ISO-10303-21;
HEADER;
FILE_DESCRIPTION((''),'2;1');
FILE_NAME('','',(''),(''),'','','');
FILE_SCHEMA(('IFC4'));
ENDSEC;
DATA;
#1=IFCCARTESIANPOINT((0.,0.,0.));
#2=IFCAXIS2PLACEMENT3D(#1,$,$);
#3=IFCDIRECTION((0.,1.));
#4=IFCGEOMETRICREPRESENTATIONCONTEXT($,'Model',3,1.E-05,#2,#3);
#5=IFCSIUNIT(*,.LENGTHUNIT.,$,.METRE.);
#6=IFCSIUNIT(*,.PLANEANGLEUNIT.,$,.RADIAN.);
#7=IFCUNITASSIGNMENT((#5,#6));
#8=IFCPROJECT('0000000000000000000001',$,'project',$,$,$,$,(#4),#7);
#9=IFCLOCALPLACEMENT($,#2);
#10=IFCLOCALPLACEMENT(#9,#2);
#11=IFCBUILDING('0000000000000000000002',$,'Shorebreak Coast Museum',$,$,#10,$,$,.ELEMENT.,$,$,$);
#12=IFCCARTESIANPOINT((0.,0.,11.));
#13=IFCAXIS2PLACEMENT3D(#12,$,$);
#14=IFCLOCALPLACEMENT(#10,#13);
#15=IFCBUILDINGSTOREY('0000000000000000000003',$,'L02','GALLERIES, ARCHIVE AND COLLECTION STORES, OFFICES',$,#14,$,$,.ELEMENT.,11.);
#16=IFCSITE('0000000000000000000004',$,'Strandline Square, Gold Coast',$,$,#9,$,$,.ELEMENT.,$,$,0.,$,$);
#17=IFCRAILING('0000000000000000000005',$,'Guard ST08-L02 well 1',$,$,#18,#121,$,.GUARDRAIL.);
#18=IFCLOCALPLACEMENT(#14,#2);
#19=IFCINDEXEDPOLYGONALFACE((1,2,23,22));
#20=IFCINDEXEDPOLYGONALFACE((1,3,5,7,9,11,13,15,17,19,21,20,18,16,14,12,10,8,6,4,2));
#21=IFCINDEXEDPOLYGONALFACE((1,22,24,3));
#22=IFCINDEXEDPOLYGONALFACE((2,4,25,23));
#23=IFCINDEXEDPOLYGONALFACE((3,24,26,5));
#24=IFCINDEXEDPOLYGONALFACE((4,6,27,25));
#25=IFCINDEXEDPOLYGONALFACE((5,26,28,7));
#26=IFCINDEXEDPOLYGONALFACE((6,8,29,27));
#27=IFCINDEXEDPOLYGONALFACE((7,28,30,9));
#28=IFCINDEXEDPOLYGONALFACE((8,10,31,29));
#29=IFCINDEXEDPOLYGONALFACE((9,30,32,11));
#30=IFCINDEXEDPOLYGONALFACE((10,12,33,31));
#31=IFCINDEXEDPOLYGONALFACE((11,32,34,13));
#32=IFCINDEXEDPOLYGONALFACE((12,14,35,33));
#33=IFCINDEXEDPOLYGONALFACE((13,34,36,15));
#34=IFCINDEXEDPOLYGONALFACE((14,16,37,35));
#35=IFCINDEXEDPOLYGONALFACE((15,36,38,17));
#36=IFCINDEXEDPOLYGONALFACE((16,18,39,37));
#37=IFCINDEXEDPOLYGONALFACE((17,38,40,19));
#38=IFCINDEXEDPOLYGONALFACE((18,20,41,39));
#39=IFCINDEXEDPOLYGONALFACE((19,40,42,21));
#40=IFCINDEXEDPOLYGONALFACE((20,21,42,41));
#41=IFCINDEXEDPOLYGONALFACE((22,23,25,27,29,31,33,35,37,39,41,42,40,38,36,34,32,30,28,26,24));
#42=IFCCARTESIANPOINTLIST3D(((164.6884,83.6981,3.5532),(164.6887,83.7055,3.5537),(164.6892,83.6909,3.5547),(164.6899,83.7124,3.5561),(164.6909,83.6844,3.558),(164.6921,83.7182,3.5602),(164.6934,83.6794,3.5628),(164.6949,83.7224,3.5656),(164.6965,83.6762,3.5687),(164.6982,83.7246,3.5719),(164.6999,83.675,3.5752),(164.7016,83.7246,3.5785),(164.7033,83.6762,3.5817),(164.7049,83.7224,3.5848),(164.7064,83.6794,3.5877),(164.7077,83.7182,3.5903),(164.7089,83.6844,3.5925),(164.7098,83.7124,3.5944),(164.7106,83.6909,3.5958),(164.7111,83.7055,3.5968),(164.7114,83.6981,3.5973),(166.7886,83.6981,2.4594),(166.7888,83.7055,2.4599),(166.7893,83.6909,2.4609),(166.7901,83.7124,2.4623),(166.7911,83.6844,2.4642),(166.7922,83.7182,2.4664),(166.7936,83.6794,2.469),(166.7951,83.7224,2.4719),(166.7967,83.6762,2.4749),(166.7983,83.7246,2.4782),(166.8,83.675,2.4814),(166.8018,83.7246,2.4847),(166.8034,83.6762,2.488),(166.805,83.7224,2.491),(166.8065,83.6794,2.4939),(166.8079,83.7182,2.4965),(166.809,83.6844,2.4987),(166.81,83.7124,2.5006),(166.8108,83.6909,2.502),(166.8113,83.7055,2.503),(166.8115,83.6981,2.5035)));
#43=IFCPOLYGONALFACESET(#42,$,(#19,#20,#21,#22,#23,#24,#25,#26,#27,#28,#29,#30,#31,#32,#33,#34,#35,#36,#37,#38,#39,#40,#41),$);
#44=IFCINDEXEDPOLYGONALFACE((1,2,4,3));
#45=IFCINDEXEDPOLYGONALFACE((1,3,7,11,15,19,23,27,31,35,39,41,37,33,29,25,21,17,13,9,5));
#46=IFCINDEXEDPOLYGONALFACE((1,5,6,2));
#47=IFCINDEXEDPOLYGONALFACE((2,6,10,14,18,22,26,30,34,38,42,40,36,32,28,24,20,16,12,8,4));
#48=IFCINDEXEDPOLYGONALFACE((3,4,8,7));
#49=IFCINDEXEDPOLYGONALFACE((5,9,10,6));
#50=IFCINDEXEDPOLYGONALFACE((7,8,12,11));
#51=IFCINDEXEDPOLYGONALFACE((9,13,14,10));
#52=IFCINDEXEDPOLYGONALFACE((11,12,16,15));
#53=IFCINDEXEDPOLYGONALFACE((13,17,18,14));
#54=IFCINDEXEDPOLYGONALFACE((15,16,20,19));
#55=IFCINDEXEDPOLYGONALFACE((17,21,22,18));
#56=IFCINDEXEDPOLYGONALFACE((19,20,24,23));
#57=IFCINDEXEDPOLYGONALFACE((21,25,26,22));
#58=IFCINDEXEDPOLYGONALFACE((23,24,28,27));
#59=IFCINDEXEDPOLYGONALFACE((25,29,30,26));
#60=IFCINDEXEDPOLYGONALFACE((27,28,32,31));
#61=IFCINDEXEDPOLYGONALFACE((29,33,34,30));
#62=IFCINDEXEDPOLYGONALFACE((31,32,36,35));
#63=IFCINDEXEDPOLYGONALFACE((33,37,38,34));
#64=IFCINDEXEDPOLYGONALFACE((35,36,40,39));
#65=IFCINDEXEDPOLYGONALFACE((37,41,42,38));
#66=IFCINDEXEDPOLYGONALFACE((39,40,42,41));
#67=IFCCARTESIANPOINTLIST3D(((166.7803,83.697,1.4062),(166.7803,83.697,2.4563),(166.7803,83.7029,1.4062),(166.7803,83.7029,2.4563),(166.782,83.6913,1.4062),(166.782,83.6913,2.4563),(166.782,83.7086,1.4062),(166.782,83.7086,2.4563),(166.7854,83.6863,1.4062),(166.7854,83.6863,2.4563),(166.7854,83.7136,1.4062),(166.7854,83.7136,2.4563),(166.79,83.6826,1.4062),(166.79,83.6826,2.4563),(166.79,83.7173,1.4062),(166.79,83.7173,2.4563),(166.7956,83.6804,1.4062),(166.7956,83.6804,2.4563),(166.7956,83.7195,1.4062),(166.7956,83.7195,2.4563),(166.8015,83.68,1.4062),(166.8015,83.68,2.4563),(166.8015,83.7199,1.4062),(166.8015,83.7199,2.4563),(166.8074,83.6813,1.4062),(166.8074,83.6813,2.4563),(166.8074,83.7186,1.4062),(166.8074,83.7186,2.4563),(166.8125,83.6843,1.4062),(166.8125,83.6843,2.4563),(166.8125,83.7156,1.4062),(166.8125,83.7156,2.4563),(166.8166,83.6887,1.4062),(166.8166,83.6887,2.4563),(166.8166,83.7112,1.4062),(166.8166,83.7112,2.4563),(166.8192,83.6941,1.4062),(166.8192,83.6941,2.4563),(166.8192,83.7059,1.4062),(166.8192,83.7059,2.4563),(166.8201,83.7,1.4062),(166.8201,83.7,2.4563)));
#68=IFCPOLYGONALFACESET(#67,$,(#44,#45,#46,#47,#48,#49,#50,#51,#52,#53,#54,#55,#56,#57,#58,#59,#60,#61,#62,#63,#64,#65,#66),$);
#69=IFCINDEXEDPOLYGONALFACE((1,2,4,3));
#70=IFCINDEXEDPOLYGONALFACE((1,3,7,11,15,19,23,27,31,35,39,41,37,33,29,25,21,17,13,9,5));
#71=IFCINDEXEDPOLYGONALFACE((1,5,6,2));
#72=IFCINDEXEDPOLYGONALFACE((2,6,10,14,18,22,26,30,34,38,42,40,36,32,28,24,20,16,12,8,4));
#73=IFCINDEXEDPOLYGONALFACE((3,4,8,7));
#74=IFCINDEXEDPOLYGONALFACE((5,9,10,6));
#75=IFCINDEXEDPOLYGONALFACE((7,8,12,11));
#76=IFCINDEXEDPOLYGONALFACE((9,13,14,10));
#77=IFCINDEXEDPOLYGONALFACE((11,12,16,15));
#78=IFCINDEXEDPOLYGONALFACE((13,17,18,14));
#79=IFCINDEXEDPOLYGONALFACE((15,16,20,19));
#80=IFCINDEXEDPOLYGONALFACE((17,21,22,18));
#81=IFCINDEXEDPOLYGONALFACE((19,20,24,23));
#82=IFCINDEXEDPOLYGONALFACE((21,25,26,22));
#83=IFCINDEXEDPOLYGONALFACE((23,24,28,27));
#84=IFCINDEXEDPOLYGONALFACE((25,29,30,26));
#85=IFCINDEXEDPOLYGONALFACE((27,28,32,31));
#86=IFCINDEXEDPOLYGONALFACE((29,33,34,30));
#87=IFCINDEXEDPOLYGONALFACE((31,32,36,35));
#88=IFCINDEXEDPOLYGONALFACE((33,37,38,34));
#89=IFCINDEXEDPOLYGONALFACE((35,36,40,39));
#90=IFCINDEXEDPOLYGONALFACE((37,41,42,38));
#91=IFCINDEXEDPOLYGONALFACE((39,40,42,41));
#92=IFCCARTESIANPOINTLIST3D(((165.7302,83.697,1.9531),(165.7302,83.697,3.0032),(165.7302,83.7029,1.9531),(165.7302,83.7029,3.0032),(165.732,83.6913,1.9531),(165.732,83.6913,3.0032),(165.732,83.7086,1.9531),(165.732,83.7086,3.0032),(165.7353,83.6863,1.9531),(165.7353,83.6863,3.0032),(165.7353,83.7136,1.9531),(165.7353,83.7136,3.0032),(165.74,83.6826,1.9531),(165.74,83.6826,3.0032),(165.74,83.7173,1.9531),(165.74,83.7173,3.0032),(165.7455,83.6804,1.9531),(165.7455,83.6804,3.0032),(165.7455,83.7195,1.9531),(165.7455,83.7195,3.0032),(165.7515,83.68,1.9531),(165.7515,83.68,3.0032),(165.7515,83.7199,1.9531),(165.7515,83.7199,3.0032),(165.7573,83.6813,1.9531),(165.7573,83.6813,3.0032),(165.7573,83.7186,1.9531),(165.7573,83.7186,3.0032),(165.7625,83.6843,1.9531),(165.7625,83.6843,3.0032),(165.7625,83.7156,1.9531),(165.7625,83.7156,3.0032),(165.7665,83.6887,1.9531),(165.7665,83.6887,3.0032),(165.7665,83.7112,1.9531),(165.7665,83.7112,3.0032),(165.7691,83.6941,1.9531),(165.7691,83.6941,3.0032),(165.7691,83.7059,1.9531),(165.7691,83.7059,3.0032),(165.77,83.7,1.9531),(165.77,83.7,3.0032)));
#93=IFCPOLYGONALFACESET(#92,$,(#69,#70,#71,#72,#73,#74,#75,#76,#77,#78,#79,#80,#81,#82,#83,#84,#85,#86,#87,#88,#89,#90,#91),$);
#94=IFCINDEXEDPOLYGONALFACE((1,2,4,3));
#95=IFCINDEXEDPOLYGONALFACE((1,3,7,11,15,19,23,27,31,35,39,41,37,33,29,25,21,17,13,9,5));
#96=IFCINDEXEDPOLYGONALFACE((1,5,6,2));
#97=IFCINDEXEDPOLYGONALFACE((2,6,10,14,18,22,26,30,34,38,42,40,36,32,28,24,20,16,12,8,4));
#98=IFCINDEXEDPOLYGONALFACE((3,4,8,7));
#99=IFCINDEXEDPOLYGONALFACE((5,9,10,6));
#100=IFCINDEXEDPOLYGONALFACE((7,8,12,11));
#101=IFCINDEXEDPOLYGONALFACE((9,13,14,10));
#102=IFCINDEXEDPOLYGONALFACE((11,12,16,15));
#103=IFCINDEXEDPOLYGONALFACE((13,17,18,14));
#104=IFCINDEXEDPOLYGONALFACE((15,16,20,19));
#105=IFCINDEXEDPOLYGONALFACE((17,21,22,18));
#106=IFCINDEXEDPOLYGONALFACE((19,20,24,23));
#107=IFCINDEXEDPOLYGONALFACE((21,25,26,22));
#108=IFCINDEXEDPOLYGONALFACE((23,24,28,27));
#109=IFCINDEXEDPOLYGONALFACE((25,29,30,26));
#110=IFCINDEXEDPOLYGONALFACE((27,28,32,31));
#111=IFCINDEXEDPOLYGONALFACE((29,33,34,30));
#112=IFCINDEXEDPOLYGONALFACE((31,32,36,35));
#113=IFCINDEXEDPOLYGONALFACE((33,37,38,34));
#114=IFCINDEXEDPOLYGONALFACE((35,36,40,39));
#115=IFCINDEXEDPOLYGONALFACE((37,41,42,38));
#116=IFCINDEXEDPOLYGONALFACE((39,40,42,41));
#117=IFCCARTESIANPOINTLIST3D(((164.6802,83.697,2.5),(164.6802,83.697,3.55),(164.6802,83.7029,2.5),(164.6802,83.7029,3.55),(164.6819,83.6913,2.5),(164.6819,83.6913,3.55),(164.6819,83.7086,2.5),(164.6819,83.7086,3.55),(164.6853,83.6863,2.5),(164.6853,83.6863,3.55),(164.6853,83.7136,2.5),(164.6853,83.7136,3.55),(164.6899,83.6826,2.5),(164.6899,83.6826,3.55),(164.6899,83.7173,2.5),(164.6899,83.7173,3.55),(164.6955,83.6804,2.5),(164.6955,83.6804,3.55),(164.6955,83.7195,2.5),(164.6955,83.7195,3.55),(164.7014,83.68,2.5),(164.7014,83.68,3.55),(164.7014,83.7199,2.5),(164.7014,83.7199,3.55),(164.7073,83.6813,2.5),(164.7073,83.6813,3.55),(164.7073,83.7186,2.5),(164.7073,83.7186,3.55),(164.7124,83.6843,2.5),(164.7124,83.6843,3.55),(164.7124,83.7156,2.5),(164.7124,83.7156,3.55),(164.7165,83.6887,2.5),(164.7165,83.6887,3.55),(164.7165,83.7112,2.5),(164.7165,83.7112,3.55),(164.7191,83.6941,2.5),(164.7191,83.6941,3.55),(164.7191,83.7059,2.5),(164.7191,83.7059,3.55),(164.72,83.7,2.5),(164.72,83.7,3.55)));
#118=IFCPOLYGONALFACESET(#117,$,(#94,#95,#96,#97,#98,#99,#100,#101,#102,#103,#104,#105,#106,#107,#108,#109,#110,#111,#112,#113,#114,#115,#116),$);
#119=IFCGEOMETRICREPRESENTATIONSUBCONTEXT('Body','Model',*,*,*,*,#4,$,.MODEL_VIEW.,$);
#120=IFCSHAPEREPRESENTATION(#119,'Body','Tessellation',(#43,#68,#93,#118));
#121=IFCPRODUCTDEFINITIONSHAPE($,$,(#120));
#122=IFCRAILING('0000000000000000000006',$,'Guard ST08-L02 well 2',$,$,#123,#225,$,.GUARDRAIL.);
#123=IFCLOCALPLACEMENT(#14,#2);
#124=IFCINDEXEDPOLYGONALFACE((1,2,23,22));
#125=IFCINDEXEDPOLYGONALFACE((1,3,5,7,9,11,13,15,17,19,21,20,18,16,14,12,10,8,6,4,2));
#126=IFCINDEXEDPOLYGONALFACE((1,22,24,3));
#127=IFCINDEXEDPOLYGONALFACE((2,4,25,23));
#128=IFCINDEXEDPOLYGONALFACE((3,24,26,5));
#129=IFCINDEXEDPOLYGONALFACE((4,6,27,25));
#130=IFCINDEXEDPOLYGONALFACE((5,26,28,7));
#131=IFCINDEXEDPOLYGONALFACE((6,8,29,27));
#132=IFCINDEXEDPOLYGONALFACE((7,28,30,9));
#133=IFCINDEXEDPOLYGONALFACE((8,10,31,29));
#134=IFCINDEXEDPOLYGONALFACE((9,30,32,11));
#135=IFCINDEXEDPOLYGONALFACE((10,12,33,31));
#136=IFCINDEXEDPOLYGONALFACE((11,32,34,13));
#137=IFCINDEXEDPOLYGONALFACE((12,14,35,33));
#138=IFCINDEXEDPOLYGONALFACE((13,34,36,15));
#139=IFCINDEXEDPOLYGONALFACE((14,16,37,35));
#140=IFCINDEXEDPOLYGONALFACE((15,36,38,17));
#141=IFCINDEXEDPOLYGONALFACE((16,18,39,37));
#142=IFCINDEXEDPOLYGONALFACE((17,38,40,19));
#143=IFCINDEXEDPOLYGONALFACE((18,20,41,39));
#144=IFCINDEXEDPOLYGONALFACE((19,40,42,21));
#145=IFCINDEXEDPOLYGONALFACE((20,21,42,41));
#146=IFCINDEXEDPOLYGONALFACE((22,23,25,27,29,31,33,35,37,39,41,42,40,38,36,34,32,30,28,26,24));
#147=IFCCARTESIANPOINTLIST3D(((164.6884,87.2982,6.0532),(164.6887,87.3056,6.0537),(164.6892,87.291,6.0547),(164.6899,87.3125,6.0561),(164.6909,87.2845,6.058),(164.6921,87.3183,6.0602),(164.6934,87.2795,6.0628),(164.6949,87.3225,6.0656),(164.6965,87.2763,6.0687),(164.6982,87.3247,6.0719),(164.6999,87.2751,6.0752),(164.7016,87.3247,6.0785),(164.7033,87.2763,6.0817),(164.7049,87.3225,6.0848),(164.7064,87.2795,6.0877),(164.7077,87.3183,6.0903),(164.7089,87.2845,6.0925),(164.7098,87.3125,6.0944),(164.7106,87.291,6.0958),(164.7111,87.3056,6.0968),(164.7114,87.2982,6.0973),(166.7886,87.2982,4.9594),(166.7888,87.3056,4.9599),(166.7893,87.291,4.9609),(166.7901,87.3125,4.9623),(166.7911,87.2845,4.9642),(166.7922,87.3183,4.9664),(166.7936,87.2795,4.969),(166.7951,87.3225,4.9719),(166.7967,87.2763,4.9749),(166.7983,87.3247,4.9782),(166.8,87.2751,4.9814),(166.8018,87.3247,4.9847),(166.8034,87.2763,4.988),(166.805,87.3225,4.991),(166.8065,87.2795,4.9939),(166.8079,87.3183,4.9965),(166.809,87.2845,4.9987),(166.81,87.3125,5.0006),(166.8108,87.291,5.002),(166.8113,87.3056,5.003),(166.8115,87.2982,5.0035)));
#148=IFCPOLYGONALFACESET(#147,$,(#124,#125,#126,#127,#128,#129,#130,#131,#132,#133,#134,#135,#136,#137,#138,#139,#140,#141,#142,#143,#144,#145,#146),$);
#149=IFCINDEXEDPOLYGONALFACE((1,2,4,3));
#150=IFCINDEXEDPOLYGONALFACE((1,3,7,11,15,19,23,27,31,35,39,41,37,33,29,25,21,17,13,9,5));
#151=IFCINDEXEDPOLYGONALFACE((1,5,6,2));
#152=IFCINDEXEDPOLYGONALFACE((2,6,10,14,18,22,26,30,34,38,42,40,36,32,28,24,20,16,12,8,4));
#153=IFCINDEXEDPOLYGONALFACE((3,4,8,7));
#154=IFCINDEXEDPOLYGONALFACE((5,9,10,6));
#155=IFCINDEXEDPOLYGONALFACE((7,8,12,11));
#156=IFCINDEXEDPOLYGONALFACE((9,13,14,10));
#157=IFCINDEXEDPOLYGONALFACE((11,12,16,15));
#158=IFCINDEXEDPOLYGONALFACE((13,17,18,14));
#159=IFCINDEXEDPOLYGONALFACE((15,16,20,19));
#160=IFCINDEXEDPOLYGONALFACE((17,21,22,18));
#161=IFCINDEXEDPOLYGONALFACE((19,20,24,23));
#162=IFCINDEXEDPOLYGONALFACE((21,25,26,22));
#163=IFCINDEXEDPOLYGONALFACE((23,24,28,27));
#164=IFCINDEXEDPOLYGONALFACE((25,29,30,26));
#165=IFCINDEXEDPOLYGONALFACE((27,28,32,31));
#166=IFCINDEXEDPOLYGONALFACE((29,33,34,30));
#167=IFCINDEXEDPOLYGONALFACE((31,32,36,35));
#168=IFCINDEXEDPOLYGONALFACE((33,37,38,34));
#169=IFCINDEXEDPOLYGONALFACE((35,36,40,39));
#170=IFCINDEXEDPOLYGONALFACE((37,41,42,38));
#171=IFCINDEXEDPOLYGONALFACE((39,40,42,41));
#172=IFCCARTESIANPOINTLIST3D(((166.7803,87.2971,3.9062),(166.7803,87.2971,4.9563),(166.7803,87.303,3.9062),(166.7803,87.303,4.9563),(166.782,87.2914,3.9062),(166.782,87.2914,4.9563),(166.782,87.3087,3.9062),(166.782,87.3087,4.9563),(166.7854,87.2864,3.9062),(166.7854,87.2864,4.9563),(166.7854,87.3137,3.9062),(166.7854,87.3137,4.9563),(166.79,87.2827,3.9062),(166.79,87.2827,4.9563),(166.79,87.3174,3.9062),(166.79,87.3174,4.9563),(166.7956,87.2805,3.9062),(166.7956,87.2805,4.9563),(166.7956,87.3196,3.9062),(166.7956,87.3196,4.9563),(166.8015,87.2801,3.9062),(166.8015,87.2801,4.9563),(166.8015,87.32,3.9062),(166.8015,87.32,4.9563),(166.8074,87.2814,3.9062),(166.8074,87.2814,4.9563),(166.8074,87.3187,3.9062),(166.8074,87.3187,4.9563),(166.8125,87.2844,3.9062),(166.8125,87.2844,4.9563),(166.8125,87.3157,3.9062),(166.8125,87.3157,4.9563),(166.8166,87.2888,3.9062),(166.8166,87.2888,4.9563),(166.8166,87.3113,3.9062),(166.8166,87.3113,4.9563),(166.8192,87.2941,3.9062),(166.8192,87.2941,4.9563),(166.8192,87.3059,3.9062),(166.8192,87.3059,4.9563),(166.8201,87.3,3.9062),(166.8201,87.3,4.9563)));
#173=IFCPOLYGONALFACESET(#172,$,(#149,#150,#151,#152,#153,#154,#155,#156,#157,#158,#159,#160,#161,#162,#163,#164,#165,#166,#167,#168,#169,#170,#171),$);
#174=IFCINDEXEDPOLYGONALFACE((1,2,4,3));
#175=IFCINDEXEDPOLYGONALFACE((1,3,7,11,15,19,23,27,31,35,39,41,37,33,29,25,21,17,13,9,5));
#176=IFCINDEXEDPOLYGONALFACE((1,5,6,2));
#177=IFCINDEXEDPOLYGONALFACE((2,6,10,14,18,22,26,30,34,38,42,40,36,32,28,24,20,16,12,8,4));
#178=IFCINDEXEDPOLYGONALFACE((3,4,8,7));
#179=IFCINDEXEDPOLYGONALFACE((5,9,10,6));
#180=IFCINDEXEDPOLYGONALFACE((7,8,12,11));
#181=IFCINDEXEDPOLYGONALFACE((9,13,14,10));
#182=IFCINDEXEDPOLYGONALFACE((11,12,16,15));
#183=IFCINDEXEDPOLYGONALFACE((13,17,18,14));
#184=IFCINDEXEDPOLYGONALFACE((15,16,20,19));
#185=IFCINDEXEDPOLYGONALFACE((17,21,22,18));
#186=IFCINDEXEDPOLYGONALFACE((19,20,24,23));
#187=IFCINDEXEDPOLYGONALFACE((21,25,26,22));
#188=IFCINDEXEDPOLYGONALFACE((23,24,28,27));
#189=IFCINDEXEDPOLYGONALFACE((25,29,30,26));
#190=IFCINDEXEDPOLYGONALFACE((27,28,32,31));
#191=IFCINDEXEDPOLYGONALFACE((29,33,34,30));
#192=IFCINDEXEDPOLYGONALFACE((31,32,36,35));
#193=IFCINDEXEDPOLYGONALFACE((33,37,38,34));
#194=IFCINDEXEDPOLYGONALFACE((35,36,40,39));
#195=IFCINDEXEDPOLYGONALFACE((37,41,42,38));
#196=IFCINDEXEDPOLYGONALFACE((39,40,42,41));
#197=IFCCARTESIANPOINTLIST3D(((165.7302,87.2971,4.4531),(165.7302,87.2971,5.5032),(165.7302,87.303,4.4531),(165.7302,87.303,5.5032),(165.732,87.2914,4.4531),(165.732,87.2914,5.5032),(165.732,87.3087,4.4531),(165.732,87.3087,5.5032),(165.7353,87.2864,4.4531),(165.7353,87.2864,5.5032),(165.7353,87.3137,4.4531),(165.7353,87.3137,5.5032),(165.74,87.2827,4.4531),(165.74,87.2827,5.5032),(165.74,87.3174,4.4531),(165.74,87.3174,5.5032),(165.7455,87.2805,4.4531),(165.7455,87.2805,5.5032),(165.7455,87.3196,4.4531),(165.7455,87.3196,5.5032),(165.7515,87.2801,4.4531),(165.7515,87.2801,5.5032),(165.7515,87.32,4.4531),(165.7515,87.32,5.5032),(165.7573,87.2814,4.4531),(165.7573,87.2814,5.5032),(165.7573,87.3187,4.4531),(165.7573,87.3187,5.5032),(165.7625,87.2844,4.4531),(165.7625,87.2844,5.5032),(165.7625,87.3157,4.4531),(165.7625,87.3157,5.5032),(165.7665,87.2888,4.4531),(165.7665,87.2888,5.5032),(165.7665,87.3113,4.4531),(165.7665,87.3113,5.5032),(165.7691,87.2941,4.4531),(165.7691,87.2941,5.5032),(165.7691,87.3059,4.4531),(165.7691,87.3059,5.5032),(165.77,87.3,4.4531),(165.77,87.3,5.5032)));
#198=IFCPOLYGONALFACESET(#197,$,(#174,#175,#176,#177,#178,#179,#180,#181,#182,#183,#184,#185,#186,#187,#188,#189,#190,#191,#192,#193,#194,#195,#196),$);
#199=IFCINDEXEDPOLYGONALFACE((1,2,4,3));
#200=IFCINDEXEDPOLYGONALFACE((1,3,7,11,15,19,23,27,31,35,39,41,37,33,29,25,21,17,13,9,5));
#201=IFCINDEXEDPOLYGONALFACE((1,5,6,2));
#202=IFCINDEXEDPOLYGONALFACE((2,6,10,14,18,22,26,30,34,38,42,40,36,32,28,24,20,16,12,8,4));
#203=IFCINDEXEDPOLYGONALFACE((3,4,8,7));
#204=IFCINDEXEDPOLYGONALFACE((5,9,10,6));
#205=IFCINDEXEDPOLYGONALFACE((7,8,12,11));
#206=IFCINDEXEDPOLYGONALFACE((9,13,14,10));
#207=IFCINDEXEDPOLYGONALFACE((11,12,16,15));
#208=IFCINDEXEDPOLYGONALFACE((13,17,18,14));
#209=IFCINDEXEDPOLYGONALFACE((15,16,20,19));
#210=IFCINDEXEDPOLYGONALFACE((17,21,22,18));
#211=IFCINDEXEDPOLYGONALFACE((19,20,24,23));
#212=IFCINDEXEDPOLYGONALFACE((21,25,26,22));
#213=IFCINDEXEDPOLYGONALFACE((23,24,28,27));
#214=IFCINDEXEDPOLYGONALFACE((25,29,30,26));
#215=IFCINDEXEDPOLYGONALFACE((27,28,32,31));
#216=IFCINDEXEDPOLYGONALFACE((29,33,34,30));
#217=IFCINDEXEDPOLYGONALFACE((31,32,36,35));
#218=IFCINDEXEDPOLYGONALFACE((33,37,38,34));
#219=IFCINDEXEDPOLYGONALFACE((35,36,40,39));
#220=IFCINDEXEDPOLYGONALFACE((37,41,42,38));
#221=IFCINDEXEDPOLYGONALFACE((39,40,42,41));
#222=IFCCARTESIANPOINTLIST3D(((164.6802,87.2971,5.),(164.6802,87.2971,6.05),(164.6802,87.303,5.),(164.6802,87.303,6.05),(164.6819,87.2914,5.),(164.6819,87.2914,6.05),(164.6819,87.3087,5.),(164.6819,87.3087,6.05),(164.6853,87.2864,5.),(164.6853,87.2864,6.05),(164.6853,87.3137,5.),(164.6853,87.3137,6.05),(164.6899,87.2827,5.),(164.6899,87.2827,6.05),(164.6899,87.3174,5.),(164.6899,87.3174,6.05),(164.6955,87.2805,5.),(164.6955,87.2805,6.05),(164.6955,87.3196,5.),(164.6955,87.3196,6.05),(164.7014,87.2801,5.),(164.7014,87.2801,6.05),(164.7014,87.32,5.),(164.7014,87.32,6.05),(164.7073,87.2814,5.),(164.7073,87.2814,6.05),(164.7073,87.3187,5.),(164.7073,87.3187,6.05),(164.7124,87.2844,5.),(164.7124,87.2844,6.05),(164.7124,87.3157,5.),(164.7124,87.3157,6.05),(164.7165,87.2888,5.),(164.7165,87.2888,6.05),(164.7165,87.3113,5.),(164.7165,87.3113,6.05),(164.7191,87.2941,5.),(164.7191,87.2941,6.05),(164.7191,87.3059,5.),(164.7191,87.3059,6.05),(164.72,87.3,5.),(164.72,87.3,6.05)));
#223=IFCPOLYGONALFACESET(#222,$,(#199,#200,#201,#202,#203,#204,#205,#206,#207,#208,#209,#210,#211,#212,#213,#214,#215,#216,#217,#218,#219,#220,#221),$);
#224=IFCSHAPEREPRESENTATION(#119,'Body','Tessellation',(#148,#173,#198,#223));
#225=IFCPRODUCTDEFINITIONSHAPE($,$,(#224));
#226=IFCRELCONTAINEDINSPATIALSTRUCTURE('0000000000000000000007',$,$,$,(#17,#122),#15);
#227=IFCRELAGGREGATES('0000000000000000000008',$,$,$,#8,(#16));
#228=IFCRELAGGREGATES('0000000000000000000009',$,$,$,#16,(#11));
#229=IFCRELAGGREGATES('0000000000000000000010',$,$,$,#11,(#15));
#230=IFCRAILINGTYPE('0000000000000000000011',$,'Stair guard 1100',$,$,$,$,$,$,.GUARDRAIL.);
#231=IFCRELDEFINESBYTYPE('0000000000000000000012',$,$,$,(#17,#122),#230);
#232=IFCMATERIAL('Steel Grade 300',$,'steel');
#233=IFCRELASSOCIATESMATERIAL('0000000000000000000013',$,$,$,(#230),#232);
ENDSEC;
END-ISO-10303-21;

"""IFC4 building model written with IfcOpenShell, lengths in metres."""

from ifc_helpers import new_model, si_unit, direction, frame, origin, origin_2d, place, context, subcontext, project, spatial, circle, extrude, material, type_object, element, save


model = new_model("IFC4")

# Units and contexts
model_context = context("Model", 3, precision=1e-05, world=origin(), true_north=direction((0.0, 1.0)))
body_context = subcontext(model_context, "Body", "Model", "MODEL_VIEW")
ifc_project = project(units=[si_unit("LENGTHUNIT", "METRE"), si_unit("PLANEANGLEUNIT", "RADIAN")], contexts=[model_context])

# Site, building, storey
site_placement = place(None, origin())
site = spatial("IfcSite", under=ifc_project, at=site_placement, Name="Strandline Square, Gold Coast", CompositionType="ELEMENT", RefElevation=0.0)
building_placement = place(site_placement, origin())
building = spatial("IfcBuilding", under=site, at=building_placement, Name="Shorebreak Coast Museum", CompositionType="ELEMENT")
storey_placement = place(building_placement, frame((0.0, 0.0, 11.0)))
storey = spatial("IfcBuildingStorey", under=building, at=storey_placement, Name="L02", Description="GALLERIES, ARCHIVE AND COLLECTION STORES, OFFICES", CompositionType="ELEMENT", Elevation=11.0)

# Railings
ifc_material_1 = material(Name="Steel Grade 300", Category="steel")
railing_type_1 = type_object("IfcRailingType", Name="Stair guard 1100", PredefinedType="GUARDRAIL", material=ifc_material_1)
for number, where, name in (
    (1, (166.8, 83.7, 1.4062), "Guard ST08-L02 well 1"),
    (2, (166.8, 87.3, 3.9062), "Guard ST08-L02 well 2"),
):
    element("IfcRailing", number, at=place(storey_placement, frame(where)), inside=storey, type_object=railing_type_1, Name=name, PredefinedType="GUARDRAIL", context=body_context, shape_type="SweptSolid", body=[
        extrude(circle(Radius=0.0249, at=origin_2d()), frame((0.0, 0.0, 1.0752), z_axis=(-0.886923, 0.0, 0.461918), x_axis=(0.0, -1.0, 0.0)), (0.0, 0.0, 1.0), 2.3679),
        extrude(circle(Radius=0.02, at=origin_2d()), origin(), (0.0, 0.0, 1.0), 1.05),
        extrude(circle(Radius=0.02, at=origin_2d()), frame((-1.05, 0.0, 0.5469)), (0.0, 0.0, 1.0), 1.05),
        extrude(circle(Radius=0.02, at=origin_2d()), frame((-2.1001, 0.0, 1.0938)), (0.0, 0.0, 1.0), 1.05),
    ])

save(model, "model.ifc")
